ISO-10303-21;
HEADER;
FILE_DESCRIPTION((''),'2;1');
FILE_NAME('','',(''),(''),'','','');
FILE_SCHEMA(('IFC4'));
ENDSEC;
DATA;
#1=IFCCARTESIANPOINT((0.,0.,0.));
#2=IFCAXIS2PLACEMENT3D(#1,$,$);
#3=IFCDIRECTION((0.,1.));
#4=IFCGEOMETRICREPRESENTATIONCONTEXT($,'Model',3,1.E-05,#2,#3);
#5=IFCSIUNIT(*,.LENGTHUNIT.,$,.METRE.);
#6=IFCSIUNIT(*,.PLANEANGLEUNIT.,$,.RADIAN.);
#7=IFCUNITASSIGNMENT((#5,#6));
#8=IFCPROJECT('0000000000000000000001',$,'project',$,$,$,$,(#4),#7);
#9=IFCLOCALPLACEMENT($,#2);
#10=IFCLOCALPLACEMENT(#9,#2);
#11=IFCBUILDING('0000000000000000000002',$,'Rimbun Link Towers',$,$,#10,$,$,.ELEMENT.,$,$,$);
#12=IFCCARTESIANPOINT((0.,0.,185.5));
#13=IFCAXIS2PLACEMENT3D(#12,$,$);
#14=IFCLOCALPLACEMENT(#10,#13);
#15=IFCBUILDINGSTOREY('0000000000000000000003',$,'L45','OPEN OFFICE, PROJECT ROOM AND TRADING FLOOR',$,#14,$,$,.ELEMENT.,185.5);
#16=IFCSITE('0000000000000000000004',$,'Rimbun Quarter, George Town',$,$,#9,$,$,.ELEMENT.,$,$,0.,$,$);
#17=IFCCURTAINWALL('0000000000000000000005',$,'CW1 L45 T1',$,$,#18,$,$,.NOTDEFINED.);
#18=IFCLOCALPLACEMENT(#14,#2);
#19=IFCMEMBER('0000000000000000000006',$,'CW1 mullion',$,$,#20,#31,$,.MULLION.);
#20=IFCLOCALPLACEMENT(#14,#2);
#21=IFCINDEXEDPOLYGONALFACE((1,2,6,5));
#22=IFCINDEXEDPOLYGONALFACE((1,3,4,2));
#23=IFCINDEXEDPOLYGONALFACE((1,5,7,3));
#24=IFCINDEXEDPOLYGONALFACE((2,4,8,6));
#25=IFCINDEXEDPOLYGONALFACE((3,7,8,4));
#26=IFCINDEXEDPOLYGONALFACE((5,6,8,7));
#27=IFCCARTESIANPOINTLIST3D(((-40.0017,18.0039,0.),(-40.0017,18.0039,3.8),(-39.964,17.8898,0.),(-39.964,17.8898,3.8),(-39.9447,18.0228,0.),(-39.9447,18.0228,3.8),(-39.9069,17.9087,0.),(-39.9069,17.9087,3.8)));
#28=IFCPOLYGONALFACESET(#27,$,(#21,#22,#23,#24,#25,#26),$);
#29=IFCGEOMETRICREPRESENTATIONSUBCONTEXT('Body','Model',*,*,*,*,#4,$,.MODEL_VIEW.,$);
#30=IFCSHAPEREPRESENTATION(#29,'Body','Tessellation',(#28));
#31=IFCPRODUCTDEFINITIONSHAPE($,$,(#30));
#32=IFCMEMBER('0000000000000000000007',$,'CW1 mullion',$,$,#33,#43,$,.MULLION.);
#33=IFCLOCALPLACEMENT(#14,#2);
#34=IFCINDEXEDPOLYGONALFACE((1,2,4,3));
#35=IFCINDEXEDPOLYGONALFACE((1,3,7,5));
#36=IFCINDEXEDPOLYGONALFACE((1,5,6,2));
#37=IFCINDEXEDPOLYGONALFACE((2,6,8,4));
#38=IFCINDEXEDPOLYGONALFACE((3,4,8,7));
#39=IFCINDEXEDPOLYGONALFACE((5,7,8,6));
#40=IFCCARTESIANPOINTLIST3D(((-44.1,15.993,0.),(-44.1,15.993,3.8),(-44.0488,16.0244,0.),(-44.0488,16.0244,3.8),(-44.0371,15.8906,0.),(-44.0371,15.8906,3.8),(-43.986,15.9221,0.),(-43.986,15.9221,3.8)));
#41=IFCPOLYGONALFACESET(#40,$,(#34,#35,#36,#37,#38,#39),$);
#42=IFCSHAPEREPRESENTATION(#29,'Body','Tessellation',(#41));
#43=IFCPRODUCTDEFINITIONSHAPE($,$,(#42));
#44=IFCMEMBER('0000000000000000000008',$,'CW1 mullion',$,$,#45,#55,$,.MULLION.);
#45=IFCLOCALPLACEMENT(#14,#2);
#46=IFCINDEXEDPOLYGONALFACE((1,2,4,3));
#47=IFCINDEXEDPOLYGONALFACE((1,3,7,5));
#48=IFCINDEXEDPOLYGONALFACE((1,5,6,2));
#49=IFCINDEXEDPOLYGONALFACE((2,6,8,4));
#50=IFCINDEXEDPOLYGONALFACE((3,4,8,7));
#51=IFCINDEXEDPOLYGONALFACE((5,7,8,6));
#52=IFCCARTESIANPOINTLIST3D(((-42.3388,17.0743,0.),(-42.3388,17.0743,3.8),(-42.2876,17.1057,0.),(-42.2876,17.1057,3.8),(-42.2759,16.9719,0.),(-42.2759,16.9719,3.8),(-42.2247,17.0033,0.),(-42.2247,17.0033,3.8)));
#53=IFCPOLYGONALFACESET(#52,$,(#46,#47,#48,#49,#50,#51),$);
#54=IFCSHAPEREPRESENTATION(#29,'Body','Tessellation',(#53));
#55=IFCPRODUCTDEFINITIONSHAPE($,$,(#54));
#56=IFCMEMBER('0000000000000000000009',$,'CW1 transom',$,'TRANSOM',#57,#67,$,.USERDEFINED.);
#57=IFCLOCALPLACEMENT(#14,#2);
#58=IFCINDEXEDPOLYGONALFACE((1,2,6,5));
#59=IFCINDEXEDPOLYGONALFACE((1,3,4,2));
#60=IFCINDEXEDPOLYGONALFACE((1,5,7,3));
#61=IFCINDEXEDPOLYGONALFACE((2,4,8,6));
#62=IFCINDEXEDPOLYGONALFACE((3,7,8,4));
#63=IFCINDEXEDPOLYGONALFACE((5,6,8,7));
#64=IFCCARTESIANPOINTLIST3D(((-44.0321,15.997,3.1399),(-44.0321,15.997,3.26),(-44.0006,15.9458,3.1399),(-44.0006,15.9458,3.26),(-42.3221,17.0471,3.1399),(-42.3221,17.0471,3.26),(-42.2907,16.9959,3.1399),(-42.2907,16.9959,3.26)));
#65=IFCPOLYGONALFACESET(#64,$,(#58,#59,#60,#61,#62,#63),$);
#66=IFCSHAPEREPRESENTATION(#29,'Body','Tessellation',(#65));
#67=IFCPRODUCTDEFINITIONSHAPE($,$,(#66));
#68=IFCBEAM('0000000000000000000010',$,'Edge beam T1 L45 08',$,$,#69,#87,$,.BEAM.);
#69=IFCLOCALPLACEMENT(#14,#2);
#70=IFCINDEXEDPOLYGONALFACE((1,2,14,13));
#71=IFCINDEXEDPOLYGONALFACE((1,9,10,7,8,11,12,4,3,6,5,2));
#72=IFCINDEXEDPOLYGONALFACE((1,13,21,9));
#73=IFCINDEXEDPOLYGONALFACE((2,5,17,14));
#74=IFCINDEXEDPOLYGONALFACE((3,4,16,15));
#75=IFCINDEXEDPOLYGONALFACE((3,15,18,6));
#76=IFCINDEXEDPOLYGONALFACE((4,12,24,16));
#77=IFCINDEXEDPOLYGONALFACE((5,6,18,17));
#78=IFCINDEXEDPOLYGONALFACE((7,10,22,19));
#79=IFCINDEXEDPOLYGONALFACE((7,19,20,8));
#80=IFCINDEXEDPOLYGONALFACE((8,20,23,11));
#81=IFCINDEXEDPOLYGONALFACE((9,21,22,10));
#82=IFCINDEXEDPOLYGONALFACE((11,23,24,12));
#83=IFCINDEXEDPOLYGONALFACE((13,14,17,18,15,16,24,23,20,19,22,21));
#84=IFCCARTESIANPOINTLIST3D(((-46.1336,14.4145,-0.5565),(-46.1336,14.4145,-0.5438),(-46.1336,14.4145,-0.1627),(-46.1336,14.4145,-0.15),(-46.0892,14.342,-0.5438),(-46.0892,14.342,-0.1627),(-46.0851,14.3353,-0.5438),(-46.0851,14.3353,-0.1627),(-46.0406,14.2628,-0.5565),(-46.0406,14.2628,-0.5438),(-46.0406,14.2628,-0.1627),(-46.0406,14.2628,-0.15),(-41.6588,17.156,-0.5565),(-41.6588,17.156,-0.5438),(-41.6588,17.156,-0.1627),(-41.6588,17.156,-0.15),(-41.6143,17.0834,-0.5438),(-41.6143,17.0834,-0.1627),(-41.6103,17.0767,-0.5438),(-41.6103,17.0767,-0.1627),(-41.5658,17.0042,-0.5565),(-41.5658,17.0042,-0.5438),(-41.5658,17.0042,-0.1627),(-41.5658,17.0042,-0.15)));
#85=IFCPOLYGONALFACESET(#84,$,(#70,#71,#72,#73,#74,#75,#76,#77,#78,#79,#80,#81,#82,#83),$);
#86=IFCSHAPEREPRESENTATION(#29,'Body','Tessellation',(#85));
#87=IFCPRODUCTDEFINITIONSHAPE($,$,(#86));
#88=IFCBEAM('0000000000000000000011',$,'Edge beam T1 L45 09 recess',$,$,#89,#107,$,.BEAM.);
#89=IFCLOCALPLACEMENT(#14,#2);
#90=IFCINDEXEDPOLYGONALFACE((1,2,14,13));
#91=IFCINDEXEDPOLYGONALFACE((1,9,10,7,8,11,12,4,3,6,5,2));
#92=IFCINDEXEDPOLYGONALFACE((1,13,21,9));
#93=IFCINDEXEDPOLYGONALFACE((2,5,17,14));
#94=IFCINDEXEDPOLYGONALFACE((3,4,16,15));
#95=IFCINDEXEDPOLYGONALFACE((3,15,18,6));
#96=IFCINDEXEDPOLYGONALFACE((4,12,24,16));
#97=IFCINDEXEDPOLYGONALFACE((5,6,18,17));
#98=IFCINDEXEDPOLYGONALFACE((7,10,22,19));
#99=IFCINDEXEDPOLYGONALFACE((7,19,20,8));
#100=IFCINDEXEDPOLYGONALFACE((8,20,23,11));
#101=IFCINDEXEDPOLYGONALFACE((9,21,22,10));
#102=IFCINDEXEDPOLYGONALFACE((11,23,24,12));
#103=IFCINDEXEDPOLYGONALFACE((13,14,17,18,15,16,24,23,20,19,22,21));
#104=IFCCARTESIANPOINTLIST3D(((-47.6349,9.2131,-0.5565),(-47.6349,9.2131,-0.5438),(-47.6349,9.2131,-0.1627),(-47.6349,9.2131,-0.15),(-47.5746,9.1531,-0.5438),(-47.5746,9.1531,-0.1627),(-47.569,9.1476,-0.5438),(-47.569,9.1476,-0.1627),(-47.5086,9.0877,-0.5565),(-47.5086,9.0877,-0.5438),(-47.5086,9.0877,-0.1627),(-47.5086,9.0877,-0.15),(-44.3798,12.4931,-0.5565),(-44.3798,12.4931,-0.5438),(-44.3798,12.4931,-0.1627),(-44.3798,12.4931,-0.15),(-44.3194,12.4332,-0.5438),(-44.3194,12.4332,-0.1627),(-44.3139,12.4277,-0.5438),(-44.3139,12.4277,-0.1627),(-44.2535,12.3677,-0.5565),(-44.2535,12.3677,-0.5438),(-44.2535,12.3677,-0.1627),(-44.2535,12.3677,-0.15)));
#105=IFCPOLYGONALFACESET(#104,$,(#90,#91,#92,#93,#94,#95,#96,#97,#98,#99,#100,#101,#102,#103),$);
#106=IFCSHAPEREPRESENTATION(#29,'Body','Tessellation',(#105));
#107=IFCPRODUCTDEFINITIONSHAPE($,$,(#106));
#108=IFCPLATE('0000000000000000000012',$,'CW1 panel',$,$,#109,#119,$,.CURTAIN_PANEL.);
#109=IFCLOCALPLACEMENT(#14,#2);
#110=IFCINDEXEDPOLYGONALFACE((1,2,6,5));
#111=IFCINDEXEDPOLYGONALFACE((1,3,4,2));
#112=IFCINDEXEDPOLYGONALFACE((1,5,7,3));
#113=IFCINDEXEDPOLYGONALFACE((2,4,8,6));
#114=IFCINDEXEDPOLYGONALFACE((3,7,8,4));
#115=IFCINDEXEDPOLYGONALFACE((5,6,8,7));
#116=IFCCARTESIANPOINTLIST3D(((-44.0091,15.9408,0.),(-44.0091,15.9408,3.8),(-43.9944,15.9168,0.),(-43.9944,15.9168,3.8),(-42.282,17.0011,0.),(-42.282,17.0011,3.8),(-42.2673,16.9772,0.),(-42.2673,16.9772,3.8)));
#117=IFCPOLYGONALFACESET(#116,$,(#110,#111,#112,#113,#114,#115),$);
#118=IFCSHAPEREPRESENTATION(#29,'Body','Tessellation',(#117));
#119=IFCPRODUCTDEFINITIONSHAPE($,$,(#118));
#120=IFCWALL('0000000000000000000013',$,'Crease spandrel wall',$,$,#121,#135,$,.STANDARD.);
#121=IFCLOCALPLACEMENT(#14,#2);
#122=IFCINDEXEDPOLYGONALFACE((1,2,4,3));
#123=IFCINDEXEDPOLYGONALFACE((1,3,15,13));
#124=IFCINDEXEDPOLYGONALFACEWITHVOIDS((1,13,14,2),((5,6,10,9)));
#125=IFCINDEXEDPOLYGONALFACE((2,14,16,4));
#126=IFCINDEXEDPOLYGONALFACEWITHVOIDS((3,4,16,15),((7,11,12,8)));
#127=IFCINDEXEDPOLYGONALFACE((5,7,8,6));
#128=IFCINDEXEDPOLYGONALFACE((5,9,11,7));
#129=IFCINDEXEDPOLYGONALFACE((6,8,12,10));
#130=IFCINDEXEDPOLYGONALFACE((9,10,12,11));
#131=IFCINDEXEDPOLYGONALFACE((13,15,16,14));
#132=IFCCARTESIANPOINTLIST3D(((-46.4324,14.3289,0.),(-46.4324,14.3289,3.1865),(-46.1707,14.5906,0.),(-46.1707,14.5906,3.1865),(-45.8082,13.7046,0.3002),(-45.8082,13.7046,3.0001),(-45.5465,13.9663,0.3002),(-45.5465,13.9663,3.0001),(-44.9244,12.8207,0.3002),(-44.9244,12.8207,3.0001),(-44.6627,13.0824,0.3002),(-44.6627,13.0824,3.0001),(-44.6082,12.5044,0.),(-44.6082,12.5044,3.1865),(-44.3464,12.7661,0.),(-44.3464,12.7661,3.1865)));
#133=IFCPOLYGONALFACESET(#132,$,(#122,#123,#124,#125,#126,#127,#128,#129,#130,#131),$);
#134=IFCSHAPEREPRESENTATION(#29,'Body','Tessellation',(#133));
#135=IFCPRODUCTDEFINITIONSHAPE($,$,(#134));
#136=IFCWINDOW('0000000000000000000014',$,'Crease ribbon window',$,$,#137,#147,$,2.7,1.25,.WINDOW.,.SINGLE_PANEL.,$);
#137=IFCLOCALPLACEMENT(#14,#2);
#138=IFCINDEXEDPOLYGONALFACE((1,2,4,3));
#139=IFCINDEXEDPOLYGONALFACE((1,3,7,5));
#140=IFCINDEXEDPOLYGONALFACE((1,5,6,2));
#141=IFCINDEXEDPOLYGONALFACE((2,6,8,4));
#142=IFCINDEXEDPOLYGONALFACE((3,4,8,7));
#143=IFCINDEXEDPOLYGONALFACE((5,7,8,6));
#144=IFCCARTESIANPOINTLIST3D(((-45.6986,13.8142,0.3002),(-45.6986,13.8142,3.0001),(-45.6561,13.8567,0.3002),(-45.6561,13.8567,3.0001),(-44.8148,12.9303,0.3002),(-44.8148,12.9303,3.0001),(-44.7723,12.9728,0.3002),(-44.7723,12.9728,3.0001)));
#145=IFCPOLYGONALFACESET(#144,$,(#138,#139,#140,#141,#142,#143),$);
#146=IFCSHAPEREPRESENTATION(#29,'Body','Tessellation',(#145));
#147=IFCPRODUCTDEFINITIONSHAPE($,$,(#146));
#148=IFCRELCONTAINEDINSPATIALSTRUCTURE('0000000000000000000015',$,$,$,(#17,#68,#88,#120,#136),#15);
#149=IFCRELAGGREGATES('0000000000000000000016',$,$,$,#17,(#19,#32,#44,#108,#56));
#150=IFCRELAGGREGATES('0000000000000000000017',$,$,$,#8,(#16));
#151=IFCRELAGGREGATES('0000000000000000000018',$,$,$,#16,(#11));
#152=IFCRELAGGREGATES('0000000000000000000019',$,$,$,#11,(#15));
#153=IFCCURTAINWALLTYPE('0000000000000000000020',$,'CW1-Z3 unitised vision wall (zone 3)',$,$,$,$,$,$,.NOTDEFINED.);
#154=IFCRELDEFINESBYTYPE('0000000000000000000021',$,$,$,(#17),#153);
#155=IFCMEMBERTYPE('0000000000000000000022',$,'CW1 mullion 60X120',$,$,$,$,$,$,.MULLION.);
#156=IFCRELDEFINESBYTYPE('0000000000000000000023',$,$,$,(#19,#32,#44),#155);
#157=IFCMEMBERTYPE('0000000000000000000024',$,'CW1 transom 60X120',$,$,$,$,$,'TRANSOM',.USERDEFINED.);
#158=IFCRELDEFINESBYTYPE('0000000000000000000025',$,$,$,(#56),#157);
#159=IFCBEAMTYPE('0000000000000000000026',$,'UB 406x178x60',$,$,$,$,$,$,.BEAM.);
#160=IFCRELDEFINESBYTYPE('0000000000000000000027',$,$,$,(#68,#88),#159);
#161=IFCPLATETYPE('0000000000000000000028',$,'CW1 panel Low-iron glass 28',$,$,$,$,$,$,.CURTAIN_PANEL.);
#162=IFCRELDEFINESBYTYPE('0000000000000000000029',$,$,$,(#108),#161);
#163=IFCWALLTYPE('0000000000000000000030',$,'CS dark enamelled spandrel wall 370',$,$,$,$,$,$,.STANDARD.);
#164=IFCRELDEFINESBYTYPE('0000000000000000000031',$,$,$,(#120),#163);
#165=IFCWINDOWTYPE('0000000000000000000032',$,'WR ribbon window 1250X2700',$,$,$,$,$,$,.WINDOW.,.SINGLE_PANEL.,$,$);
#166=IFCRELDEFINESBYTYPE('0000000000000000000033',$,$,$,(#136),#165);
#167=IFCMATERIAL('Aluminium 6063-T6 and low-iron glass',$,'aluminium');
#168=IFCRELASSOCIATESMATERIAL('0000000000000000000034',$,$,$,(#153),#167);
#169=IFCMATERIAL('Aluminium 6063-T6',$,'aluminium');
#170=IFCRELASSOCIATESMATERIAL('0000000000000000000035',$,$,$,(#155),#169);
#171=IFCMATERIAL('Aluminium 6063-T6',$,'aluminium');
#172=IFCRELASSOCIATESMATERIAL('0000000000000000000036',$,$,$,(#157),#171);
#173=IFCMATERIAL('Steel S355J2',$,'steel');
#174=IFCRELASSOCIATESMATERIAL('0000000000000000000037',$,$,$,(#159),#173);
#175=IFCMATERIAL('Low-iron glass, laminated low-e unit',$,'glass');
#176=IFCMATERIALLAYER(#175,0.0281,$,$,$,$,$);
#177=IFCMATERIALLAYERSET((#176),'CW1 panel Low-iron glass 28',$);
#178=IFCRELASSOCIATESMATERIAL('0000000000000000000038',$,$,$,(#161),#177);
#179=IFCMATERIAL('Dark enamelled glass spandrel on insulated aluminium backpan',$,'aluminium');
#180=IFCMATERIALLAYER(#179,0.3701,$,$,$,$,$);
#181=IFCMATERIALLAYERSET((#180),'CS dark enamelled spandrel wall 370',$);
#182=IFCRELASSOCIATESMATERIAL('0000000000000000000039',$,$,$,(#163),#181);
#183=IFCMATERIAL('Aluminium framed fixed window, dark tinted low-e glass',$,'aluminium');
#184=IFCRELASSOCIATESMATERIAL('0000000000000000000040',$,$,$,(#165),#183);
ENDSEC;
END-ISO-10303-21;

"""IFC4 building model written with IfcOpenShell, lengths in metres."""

from ifc_helpers import new_model, si_unit, direction, frame, frame_2d, origin, origin_2d, place, context, subcontext, project, spatial, rectangle, i_section, extrude, material, layer, layer_set, material_profile, profile_set, type_object, element, fill, aggregate, save


model = new_model("IFC4")

# Units and contexts
model_context = context("Model", 3, precision=1e-05, world=origin(), true_north=direction((0.0, 1.0)))
body_context = subcontext(model_context, "Body", "Model", "MODEL_VIEW")
ifc_project = project(units=[si_unit("LENGTHUNIT", "METRE"), si_unit("PLANEANGLEUNIT", "RADIAN")], contexts=[model_context])

# Site, building, storey
site_placement = place(None, origin())
site = spatial("IfcSite", under=ifc_project, at=site_placement, Name="Rimbun Quarter, George Town", CompositionType="ELEMENT", RefElevation=0.0)
building_placement = place(site_placement, origin())
building = spatial("IfcBuilding", under=site, at=building_placement, Name="Rimbun Link Towers", CompositionType="ELEMENT")
storey_placement = place(building_placement, frame((0.0, 0.0, 185.5)))
storey = spatial("IfcBuildingStorey", under=building, at=storey_placement, Name="L45", Description="OPEN OFFICE, PROJECT ROOM AND TRADING FLOOR", CompositionType="ELEMENT", Elevation=185.5)

# Curtain wall, members
ifc_material_1 = material(Name="Aluminium 6063-T6 and low-iron glass", Category="aluminium")
curtain_wall_type = type_object("IfcCurtainWallType", Name="CW1-Z3 unitised vision wall (zone 3)", PredefinedType="NOTDEFINED", material=ifc_material_1)
curtain_wall_placement = place(storey_placement, origin())
curtain_wall = element("IfcCurtainWall", 1, at=curtain_wall_placement, inside=storey, type_object=curtain_wall_type, Name="CW1 L45 T1", PredefinedType="NOTDEFINED")
ifc_material_2 = material(Name="Aluminium 6063-T6", Category="aluminium")
ifc_material_profile_1 = material_profile(ifc_material_2, rectangle(XDim=0.1201, YDim=0.0601, at=origin_2d()), Name="MULLION 60X120")
ifc_profile_set_1 = profile_set([ifc_material_profile_1], Name="Aluminium 6063-T6")
member_type_1 = type_object("IfcMemberType", Name="CW1 mullion 60X120", PredefinedType="MULLION", material=ifc_profile_set_1)
member_1_placement = place(storey_placement, frame((-39.9543, 17.9563, 0.0), z_axis=(0.0, 0.0, 1.0), x_axis=(-0.314565, 0.949236, 0.0)))
member_1 = element("IfcMember", 2, at=member_1_placement, type_object=member_type_1, Name="CW1 mullion", PredefinedType="MULLION", context=body_context, shape_type="SweptSolid", body=[
    extrude(rectangle(XDim=0.1201, YDim=0.0601, at=origin_2d()), origin(), (0.0, 0.0, 1.0), 3.8),
])
member_2_placement = place(storey_placement, frame((-44.043, 15.9575, 0.0), z_axis=(0.0, 0.0, 1.0), x_axis=(-0.523235, 0.852189, 0.0)))
member_2 = element("IfcMember", 3, at=member_2_placement, type_object=member_type_1, Name="CW1 mullion", PredefinedType="MULLION", context=body_context, shape_type="SweptSolid", body=[
    extrude(rectangle(XDim=0.1201, YDim=0.0601, at=origin_2d()), origin(), (0.0, 0.0, 1.0), 3.8),
])
member_3_placement = place(storey_placement, frame((-42.2817, 17.0388, 0.0), z_axis=(0.0, 0.0, 1.0), x_axis=(-0.523235, 0.852189, 0.0)))
member_3 = element("IfcMember", 4, at=member_3_placement, type_object=member_type_1, Name="CW1 mullion", PredefinedType="MULLION", context=body_context, shape_type="SweptSolid", body=[
    extrude(rectangle(XDim=0.1201, YDim=0.0601, at=origin_2d()), origin(), (0.0, 0.0, 1.0), 3.8),
])
ifc_material_3 = material(Name="Aluminium 6063-T6", Category="aluminium")
ifc_material_profile_2 = material_profile(ifc_material_3, rectangle(XDim=0.0601, YDim=0.1201, at=origin_2d()), Name="TRANSOM 60X120")
ifc_profile_set_2 = profile_set([ifc_material_profile_2], Name="Aluminium 6063-T6")
member_type_2 = type_object("IfcMemberType", Name="CW1 transom 60X120", ElementType="TRANSOM", PredefinedType="USERDEFINED", material=ifc_profile_set_2)
member_4_placement = place(storey_placement, frame((-44.0164, 15.9714, 3.2), z_axis=(0.852155, 0.523289, 0.0), x_axis=(-0.523289, 0.852155, 0.0)))
member_4 = element("IfcMember", 5, at=member_4_placement, type_object=member_type_2, Name="CW1 transom", ObjectType="TRANSOM", PredefinedType="USERDEFINED", context=body_context, shape_type="SweptSolid", body=[
    extrude(rectangle(XDim=0.0601, YDim=0.1201, at=origin_2d()), origin(), (0.0, 0.0, 1.0), 2.0066),
])

# Beams
ifc_material_4 = material(Name="Steel S355J2", Category="steel")
ifc_material_profile_3 = material_profile(ifc_material_4, i_section(OverallWidth=0.178, OverallDepth=0.4065, WebThickness=0.0078, FlangeThickness=0.0127, at=origin_2d()), Name="UB 406x178x60")
ifc_profile_set_3 = profile_set([ifc_material_profile_3], Name="Steel S355J2")
beam_type = type_object("IfcBeamType", Name="UB 406x178x60", PredefinedType="BEAM", material=ifc_profile_set_3)
beam_1_placement = place(storey_placement, frame((-41.6123, 17.0801, -0.3533), z_axis=(-0.852703, -0.522396, 0.0), x_axis=(0.522396, -0.852703, 0.0)))
element("IfcBeam", 6, at=beam_1_placement, inside=storey, type_object=beam_type, Name="Edge beam T1 L45 08", PredefinedType="BEAM", context=body_context, shape_type="SweptSolid", body=[
    extrude(i_section(OverallWidth=0.178, OverallDepth=0.4065, WebThickness=0.0078, FlangeThickness=0.0127, at=origin_2d()), origin(), (0.0, 0.0, 1.0), 5.2478),
])
beam_2_placement = place(storey_placement, frame((-44.3167, 12.4304, -0.3533), z_axis=(-0.704407, -0.709796, 0.0), x_axis=(0.709796, -0.704407, 0.0)))
element("IfcBeam", 7, at=beam_2_placement, inside=storey, type_object=beam_type, Name="Edge beam T1 L45 09 recess", PredefinedType="BEAM", context=body_context, shape_type="SweptSolid", body=[
    extrude(i_section(OverallWidth=0.178, OverallDepth=0.4065, WebThickness=0.0078, FlangeThickness=0.0127, at=origin_2d()), origin(), (0.0, 0.0, 1.0), 4.6211),
])

# Plate
ifc_material_5 = material(Name="Low-iron glass, laminated low-e unit", Category="glass")
ifc_layer_1 = layer(ifc_material_5, 0.0281)
ifc_layer_set_1 = layer_set([ifc_layer_1], Name="CW1 panel Low-iron glass 28")
plate_type = type_object("IfcPlateType", Name="CW1 panel Low-iron glass 28", PredefinedType="CURTAIN_PANEL", material=ifc_layer_set_1)
plate_placement = place(storey_placement, frame((-43.1382, 16.459, 0.0), z_axis=(0.0, 0.0, 1.0), x_axis=(0.852189, 0.523235, 0.0)))
plate = element("IfcPlate", 8, at=plate_placement, type_object=plate_type, Name="CW1 panel", PredefinedType="CURTAIN_PANEL", context=body_context, shape_type="SweptSolid", body=[
    extrude(rectangle(XDim=2.0266, YDim=0.0281, at=origin_2d()), origin(), (0.0, 0.0, 1.0), 3.8),
])
aggregate(curtain_wall, [member_1, member_2, member_3, plate, member_4])

# Wall, opening, window
ifc_material_6 = material(Name="Dark enamelled glass spandrel on insulated aluminium backpan", Category="aluminium")
ifc_layer_2 = layer(ifc_material_6, 0.3701)
ifc_layer_set_2 = layer_set([ifc_layer_2], Name="CS dark enamelled spandrel wall 370")
wall_type_1 = type_object("IfcWallType", Name="CS dark enamelled spandrel wall 370", PredefinedType="STANDARD", material=ifc_layer_set_2)
wall_1_placement = place(storey_placement, frame((-44.4773, 12.6353, 0.0), z_axis=(0.0, 0.0, 1.0), x_axis=(-0.707059, 0.707154, 0.0)))
wall_1 = element("IfcWall", 9, at=wall_1_placement, inside=storey, type_object=wall_type_1, Name="Crease spandrel wall", PredefinedType="STANDARD", context=body_context, shape_type="SweptSolid", body=[
    extrude(rectangle(XDim=2.5801, YDim=0.3701, at=frame_2d((1.29, 0.0))), origin(), (0.0, 0.0, 1.0), 3.1865),
])
opening_1_placement = place(wall_1_placement, frame((0.4473, 0.0, 0.3)))
opening_1 = element("IfcOpeningElement", 10, at=opening_1_placement, cuts=wall_1, PredefinedType="OPENING", context=body_context, shape_type="SweptSolid", body=[
    extrude(rectangle(XDim=1.25, YDim=2.7, at=frame_2d((0.625, 1.3501))), frame((0.0, 0.1951, 0.0), z_axis=(0.0, -1.0, 0.0), x_axis=(1.0, 0.0, 0.0)), (0.0, 0.0, 1.0), 0.3901),
])
ifc_material_7 = material(Name="Aluminium framed fixed window, dark tinted low-e glass", Category="aluminium")
window_type = type_object("IfcWindowType", Name="WR ribbon window 1250X2700", PartitioningType="SINGLE_PANEL", PredefinedType="WINDOW", material=ifc_material_7)
window_placement = place(opening_1_placement, origin())
window = element("IfcWindow", 11, at=window_placement, inside=storey, type_object=window_type, Name="Crease ribbon window", OverallHeight=2.7, OverallWidth=1.25, PartitioningType="SINGLE_PANEL", PredefinedType="WINDOW", context=body_context, shape_type="SweptSolid", body=[
    extrude(rectangle(XDim=1.25, YDim=2.7, at=frame_2d((0.625, 1.3501))), frame((0.0, 0.03, 0.0), z_axis=(0.0, -1.0, 0.0), x_axis=(1.0, 0.0, 0.0)), (0.0, 0.0, 1.0), 0.0601),
])
fill(opening_1, window)

save(model, "model.ifc")
